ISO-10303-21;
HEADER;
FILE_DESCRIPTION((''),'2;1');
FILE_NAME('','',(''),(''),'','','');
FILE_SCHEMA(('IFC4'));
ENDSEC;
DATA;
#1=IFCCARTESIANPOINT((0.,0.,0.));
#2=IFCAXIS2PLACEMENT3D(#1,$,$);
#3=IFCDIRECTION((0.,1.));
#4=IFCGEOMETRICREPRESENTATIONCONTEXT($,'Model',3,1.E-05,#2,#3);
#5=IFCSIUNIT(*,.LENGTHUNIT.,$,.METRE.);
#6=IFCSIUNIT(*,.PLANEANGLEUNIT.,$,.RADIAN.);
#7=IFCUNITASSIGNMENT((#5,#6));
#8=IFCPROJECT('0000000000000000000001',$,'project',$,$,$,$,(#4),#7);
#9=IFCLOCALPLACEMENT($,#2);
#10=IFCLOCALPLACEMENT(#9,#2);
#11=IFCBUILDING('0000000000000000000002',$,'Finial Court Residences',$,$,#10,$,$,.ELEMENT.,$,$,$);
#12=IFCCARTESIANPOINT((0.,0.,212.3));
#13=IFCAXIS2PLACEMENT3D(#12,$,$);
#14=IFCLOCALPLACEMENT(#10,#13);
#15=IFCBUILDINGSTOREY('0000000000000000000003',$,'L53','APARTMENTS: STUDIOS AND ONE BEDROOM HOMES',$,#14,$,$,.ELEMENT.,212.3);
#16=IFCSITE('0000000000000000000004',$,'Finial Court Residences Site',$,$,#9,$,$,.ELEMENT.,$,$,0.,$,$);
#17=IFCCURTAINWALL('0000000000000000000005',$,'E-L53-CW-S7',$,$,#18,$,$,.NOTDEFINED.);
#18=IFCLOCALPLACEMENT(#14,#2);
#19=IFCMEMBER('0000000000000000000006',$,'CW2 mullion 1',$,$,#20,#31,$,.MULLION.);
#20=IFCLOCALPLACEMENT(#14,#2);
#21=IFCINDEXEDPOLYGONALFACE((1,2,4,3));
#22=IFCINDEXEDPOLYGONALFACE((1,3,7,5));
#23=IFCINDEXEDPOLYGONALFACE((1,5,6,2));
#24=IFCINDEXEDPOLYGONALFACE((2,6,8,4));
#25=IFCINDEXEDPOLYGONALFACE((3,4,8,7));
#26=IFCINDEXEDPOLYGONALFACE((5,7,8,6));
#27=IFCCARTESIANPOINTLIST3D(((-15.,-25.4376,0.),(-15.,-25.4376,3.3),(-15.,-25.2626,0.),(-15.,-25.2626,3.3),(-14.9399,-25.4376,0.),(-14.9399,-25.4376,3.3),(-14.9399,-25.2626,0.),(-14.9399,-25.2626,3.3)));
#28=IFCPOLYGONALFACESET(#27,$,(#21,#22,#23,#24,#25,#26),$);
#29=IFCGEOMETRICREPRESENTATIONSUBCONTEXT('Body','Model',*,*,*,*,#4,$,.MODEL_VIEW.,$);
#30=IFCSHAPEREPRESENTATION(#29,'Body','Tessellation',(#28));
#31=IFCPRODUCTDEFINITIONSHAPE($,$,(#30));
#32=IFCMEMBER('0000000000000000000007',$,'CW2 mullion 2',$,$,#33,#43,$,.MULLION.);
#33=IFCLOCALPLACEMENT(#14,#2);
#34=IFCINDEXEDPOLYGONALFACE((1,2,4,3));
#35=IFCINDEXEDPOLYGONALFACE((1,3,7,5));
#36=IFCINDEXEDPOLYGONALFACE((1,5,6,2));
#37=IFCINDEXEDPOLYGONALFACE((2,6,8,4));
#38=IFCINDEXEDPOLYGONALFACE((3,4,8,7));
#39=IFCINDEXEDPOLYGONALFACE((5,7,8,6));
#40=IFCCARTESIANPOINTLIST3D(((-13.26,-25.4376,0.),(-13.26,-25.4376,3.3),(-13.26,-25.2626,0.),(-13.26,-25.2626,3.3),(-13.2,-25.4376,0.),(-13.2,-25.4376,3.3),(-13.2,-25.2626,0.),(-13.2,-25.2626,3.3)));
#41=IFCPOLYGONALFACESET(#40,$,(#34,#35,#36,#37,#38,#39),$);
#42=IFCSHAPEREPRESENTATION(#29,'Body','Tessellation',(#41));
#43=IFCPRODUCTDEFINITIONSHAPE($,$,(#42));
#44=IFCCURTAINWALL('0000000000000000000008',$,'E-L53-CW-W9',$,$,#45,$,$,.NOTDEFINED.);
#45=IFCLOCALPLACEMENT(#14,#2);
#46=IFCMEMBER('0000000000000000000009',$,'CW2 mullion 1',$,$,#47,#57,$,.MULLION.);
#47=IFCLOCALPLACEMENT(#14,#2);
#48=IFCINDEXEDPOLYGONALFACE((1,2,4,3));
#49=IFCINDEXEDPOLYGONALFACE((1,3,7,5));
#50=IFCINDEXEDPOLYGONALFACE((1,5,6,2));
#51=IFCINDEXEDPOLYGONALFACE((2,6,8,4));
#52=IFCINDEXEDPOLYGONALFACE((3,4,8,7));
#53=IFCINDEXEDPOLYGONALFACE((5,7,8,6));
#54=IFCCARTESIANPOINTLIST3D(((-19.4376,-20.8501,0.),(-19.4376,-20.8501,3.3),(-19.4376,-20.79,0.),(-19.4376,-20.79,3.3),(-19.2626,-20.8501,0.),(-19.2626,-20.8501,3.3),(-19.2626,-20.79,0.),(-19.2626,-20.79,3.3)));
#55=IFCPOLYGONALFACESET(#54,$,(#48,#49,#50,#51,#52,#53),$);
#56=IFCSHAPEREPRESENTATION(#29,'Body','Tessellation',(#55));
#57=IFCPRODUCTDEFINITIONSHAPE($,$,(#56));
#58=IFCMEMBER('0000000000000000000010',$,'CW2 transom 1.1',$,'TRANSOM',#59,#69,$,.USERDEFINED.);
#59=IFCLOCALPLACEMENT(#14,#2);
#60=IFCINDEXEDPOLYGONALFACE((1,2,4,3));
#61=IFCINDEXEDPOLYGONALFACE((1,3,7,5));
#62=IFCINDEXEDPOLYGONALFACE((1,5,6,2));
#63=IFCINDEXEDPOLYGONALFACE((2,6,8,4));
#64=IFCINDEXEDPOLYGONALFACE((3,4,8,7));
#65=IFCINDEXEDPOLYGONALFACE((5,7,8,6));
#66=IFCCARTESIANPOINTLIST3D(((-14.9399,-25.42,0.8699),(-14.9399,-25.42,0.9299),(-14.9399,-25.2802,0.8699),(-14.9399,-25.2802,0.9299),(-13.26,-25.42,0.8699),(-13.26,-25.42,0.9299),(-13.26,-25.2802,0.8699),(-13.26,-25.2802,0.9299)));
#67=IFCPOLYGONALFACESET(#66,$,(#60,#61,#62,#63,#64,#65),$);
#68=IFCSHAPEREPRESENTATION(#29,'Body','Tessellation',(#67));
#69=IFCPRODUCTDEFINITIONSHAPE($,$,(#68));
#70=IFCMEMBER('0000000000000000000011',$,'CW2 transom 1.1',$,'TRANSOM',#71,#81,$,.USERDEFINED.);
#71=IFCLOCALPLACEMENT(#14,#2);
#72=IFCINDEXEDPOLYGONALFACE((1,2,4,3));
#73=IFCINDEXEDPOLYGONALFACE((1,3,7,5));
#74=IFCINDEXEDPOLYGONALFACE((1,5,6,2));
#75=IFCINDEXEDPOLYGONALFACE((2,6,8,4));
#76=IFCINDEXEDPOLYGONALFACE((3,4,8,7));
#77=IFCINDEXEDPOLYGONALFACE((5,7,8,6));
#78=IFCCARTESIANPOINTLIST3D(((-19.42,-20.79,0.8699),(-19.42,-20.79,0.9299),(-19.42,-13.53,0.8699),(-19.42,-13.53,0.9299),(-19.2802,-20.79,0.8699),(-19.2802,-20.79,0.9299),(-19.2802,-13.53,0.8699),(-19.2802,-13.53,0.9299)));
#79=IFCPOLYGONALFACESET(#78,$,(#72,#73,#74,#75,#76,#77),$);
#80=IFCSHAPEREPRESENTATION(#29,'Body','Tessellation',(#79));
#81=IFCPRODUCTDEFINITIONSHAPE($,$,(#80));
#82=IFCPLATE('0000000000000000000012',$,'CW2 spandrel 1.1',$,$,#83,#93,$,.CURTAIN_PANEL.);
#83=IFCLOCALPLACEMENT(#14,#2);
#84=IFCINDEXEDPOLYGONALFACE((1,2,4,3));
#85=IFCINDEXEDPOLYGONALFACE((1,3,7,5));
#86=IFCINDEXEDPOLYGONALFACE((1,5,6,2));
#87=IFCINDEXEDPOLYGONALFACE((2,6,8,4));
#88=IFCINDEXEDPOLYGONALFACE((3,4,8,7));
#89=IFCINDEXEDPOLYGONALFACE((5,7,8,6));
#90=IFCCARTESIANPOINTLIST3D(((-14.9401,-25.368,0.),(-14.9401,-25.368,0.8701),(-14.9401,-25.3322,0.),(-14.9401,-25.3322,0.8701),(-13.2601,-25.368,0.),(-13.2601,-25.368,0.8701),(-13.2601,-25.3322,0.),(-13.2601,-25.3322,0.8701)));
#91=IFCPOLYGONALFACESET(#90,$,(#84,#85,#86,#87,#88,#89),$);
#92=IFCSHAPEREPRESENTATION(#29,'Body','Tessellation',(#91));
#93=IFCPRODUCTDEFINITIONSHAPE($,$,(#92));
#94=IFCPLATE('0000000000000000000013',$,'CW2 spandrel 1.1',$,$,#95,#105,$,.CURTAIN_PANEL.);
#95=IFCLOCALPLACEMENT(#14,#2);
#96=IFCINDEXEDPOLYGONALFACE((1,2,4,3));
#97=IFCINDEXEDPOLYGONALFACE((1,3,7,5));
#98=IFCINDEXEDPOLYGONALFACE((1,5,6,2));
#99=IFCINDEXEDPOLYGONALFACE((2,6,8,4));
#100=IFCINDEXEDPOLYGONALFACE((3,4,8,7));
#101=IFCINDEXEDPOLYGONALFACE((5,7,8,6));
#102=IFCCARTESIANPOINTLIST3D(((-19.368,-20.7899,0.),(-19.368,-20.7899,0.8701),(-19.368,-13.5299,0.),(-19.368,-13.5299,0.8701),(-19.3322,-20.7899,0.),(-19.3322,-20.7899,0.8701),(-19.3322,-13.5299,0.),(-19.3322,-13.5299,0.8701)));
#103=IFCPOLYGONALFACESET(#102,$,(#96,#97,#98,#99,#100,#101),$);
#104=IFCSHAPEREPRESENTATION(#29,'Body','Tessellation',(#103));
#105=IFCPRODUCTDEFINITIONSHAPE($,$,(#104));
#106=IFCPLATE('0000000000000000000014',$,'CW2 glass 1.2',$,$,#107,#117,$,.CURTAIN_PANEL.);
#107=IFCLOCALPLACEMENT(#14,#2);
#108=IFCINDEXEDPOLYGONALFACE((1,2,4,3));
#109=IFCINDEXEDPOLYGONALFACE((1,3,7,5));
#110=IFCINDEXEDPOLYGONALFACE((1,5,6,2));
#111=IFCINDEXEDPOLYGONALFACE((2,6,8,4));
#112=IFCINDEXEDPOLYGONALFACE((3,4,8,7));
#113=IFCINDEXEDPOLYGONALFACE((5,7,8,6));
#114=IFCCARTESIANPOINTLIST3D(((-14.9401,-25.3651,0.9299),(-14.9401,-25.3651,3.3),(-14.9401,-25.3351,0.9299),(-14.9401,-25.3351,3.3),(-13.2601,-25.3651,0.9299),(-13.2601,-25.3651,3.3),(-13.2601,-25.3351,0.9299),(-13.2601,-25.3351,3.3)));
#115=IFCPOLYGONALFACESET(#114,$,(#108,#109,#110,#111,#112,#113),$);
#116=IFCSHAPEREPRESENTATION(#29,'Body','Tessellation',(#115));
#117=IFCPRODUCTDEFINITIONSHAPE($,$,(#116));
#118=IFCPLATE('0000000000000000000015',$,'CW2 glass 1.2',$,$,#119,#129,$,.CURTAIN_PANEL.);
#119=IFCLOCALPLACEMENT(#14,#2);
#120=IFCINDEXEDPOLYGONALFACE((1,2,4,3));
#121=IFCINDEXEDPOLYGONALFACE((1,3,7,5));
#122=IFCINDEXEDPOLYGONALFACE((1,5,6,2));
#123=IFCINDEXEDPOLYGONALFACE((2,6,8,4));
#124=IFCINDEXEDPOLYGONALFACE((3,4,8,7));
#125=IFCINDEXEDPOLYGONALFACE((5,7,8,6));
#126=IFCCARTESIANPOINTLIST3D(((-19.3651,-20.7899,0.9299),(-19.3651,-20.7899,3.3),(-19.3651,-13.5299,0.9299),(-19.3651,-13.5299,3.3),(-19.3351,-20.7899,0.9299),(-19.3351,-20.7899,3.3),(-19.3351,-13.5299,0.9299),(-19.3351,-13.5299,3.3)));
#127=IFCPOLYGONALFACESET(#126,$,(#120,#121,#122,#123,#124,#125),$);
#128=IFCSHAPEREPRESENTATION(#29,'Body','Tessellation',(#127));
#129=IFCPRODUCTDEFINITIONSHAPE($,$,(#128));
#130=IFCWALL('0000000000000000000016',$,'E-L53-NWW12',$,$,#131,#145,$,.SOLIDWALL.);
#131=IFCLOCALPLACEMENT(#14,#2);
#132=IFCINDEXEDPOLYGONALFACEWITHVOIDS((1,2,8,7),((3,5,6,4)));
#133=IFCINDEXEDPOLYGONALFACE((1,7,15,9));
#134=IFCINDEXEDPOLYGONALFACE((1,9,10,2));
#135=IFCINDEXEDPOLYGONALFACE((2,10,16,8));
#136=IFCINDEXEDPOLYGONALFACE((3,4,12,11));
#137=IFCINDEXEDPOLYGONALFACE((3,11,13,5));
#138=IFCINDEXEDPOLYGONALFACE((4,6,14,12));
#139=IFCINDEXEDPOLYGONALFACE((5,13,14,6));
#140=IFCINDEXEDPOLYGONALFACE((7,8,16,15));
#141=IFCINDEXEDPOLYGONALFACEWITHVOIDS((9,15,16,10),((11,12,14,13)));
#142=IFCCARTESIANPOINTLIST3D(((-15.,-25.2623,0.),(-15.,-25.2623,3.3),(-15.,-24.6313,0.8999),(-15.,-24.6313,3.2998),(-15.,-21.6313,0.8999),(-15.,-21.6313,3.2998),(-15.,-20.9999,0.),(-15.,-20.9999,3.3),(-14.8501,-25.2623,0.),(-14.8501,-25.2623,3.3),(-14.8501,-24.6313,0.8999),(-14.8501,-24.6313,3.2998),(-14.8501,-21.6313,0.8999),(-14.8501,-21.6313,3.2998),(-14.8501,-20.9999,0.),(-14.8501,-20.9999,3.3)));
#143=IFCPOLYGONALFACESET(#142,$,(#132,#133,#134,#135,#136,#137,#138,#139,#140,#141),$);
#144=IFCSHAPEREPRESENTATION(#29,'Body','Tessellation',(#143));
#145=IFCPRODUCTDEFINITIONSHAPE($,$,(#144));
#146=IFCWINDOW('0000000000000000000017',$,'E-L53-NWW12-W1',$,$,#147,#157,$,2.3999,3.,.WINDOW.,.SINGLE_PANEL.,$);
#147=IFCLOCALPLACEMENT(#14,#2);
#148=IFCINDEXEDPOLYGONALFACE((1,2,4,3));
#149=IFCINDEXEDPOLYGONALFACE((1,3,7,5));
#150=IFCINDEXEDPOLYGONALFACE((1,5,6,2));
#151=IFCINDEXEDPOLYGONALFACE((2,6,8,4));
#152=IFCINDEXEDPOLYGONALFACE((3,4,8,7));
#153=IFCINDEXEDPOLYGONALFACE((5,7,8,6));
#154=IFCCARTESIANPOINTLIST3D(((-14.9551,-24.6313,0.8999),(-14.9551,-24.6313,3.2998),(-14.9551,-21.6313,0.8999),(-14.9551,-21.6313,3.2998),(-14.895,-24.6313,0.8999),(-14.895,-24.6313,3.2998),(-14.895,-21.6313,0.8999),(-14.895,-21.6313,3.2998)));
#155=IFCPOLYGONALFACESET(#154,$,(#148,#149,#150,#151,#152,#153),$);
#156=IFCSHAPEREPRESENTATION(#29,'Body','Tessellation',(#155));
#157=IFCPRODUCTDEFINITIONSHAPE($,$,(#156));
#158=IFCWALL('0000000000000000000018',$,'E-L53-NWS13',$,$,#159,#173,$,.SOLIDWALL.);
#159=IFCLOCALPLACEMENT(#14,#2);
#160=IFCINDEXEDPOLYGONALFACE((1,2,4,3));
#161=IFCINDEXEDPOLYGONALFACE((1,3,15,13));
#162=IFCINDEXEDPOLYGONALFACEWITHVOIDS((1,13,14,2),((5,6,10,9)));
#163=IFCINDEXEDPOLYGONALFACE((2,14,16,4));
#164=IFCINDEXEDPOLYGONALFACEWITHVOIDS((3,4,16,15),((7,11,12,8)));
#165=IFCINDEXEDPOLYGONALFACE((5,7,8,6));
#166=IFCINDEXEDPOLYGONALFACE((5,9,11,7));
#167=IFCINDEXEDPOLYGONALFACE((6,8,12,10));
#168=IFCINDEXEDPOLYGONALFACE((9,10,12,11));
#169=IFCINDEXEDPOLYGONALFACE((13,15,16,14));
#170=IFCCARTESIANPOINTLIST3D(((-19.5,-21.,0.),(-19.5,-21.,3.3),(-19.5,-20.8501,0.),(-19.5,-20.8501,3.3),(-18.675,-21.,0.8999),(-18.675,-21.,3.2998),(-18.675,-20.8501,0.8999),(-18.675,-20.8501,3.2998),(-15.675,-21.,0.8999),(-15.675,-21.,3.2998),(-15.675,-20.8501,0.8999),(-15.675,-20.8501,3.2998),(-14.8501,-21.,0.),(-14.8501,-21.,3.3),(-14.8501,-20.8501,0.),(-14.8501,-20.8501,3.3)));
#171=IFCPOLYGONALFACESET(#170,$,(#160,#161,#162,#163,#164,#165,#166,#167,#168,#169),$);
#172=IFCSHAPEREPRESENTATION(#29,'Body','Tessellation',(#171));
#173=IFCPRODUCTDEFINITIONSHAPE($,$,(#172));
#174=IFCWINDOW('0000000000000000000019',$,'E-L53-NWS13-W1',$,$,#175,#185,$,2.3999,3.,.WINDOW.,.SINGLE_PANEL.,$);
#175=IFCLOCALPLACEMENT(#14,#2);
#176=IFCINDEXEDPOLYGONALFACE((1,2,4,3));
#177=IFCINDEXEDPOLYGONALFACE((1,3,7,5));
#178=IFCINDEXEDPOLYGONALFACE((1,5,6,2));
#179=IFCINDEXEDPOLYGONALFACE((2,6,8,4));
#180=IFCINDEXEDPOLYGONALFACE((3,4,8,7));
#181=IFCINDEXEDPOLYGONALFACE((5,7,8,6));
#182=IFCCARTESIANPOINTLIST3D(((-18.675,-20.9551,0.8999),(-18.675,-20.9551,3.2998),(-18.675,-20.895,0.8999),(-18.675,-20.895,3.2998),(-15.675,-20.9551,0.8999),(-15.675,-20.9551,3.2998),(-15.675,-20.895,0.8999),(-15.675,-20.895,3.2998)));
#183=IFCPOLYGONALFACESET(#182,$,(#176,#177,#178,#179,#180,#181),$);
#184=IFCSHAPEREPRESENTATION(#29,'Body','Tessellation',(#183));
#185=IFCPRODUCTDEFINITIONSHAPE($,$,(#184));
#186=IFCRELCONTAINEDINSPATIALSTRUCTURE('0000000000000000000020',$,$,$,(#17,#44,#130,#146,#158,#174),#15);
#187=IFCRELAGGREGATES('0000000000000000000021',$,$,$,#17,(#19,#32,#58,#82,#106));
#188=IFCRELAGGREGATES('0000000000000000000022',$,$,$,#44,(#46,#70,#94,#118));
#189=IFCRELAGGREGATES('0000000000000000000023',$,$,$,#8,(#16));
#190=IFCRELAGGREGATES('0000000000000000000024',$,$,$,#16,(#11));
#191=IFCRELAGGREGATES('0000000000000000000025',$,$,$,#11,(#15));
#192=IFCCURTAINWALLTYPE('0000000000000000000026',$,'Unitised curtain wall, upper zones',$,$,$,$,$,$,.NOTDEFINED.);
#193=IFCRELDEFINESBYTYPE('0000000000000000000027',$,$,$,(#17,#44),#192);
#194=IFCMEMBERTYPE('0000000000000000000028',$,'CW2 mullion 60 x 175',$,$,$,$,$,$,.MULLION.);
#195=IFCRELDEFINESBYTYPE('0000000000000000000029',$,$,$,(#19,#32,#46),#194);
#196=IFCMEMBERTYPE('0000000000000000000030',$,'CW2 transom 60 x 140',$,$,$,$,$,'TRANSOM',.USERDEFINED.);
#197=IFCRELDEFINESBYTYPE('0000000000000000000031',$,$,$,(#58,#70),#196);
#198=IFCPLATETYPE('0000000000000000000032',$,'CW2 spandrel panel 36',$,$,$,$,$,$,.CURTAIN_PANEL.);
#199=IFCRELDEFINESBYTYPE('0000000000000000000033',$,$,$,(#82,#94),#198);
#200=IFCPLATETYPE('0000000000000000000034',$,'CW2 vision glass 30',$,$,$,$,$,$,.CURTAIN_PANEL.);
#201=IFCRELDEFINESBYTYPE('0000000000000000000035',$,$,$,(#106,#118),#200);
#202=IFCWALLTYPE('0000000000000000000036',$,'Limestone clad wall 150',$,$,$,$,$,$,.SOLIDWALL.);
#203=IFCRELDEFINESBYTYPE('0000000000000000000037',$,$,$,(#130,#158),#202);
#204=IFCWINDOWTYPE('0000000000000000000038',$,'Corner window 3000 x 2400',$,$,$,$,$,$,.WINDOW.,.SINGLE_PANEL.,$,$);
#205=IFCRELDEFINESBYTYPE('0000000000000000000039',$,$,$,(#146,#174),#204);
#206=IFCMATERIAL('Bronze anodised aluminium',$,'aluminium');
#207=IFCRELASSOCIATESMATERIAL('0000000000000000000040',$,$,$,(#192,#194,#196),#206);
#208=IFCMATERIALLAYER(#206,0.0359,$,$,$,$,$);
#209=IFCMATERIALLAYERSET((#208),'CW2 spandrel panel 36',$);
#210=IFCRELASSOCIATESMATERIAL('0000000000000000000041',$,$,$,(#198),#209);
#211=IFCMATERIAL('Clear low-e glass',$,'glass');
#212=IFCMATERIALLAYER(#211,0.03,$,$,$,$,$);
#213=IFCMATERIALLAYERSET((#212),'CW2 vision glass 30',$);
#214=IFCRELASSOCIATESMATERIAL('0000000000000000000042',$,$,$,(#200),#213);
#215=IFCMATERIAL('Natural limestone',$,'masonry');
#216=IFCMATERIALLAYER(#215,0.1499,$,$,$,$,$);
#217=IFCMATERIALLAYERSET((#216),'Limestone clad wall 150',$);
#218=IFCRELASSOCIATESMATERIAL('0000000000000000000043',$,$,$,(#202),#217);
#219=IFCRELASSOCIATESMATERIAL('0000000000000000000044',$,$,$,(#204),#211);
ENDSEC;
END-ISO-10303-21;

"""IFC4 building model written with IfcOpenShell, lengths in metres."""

from ifc_helpers import new_model, si_unit, direction, frame, frame_2d, origin, origin_2d, place, context, subcontext, project, spatial, rectangle, extrude, material, layer, layer_set, material_profile, profile_set, type_object, element, fill, aggregate, save


model = new_model("IFC4")

# Units and contexts
model_context = context("Model", 3, precision=1e-05, world=origin(), true_north=direction((0.0, 1.0)))
body_context = subcontext(model_context, "Body", "Model", "MODEL_VIEW")
ifc_project = project(units=[si_unit("LENGTHUNIT", "METRE"), si_unit("PLANEANGLEUNIT", "RADIAN")], contexts=[model_context])

# Site, building, storey
site_placement = place(None, origin())
site = spatial("IfcSite", under=ifc_project, at=site_placement, Name="Finial Court Residences Site", CompositionType="ELEMENT", RefElevation=0.0)
building_placement = place(site_placement, origin())
building = spatial("IfcBuilding", under=site, at=building_placement, Name="Finial Court Residences", CompositionType="ELEMENT")
storey_placement = place(building_placement, frame((0.0, 0.0, 212.3)))
storey = spatial("IfcBuildingStorey", under=building, at=storey_placement, Name="L53", Description="APARTMENTS: STUDIOS AND ONE BEDROOM HOMES", CompositionType="ELEMENT", Elevation=212.3)

# Curtain wall, members
ifc_material_1 = material(Name="Bronze anodised aluminium", Category="aluminium")
curtain_wall_type = type_object("IfcCurtainWallType", Name="Unitised curtain wall, upper zones", PredefinedType="NOTDEFINED", material=ifc_material_1)
curtain_wall_1_placement = place(storey_placement, origin())
curtain_wall_1 = element("IfcCurtainWall", 1, at=curtain_wall_1_placement, inside=storey, type_object=curtain_wall_type, Name="E-L53-CW-S7", PredefinedType="NOTDEFINED")
ifc_material_profile_1 = material_profile(ifc_material_1, rectangle(XDim=0.175, YDim=0.0601, at=origin_2d()), Name="CW2 mullion 60 x 175")
ifc_profile_set_1 = profile_set([ifc_material_profile_1], Name="Bronze anodised aluminium")
member_type_1 = type_object("IfcMemberType", Name="CW2 mullion 60 x 175", PredefinedType="MULLION", material=ifc_profile_set_1)
member_1_placement = place(storey_placement, frame((-14.97, -25.3501, 0.0), z_axis=(0.0, 0.0, 1.0), x_axis=(0.0, 1.0, 0.0)))
member_1 = element("IfcMember", 2, at=member_1_placement, type_object=member_type_1, Name="CW2 mullion 1", PredefinedType="MULLION", context=body_context, shape_type="SweptSolid", body=[
    extrude(rectangle(XDim=0.175, YDim=0.0601, at=origin_2d()), origin(), (0.0, 0.0, 1.0), 3.3),
])
member_2_placement = place(storey_placement, frame((-13.23, -25.3501, 0.0), z_axis=(0.0, 0.0, 1.0), x_axis=(0.0, 1.0, 0.0)))
member_2 = element("IfcMember", 3, at=member_2_placement, type_object=member_type_1, Name="CW2 mullion 2", PredefinedType="MULLION", context=body_context, shape_type="SweptSolid", body=[
    extrude(rectangle(XDim=0.175, YDim=0.0601, at=origin_2d()), origin(), (0.0, 0.0, 1.0), 3.3),
])

# Curtain wall, member
curtain_wall_2_placement = place(storey_placement, origin())
curtain_wall_2 = element("IfcCurtainWall", 4, at=curtain_wall_2_placement, inside=storey, type_object=curtain_wall_type, Name="E-L53-CW-W9", PredefinedType="NOTDEFINED")
member_3_placement = place(storey_placement, frame((-19.3501, -20.8201, 0.0), z_axis=(0.0, 0.0, 1.0), x_axis=(-1.0, 0.0, 0.0)))
member_3 = element("IfcMember", 5, at=member_3_placement, type_object=member_type_1, Name="CW2 mullion 1", PredefinedType="MULLION", context=body_context, shape_type="SweptSolid", body=[
    extrude(rectangle(XDim=0.175, YDim=0.0601, at=origin_2d()), origin(), (0.0, 0.0, 1.0), 3.3),
])

# Members
ifc_material_profile_2 = material_profile(ifc_material_1, rectangle(XDim=0.1399, YDim=0.0601, at=origin_2d()), Name="CW2 transom 60 x 140")
ifc_profile_set_2 = profile_set([ifc_material_profile_2], Name="Bronze anodised aluminium")
member_type_2 = type_object("IfcMemberType", Name="CW2 transom 60 x 140", ElementType="TRANSOM", PredefinedType="USERDEFINED", material=ifc_profile_set_2)
member_4_placement = place(storey_placement, frame((-14.9399, -25.3501, 0.8999), z_axis=(1.0, 0.0, 0.0), x_axis=(0.0, 1.0, 0.0)))
member_4 = element("IfcMember", 6, at=member_4_placement, type_object=member_type_2, Name="CW2 transom 1.1", ObjectType="TRANSOM", PredefinedType="USERDEFINED", context=body_context, shape_type="SweptSolid", body=[
    extrude(rectangle(XDim=0.1399, YDim=0.0601, at=origin_2d()), origin(), (0.0, 0.0, 1.0), 1.6799),
])
member_5_placement = place(storey_placement, frame((-19.3501, -20.79, 0.8999), z_axis=(0.0, 1.0, 0.0), x_axis=(-1.0, 0.0, 0.0)))
member_5 = element("IfcMember", 7, at=member_5_placement, type_object=member_type_2, Name="CW2 transom 1.1", ObjectType="TRANSOM", PredefinedType="USERDEFINED", context=body_context, shape_type="SweptSolid", body=[
    extrude(rectangle(XDim=0.1399, YDim=0.0601, at=origin_2d()), origin(), (0.0, 0.0, 1.0), 7.26),
])

# Plates
ifc_layer_1 = layer(ifc_material_1, 0.0359)
ifc_layer_set_1 = layer_set([ifc_layer_1], Name="CW2 spandrel panel 36")
plate_type_1 = type_object("IfcPlateType", Name="CW2 spandrel panel 36", PredefinedType="CURTAIN_PANEL", material=ifc_layer_set_1)
plate_1_placement = place(storey_placement, frame((-14.1001, -25.3501, 0.0), z_axis=(0.0, 0.0, 1.0), x_axis=(1.0, 0.0, 0.0)))
plate_1 = element("IfcPlate", 8, at=plate_1_placement, type_object=plate_type_1, Name="CW2 spandrel 1.1", PredefinedType="CURTAIN_PANEL", context=body_context, shape_type="SweptSolid", body=[
    extrude(rectangle(XDim=1.6799, YDim=0.0359, at=origin_2d()), origin(), (0.0, 0.0, 1.0), 0.8701),
])
plate_2_placement = place(storey_placement, frame((-19.3501, -17.1599, 0.0), z_axis=(0.0, 0.0, 1.0), x_axis=(0.0, 1.0, 0.0)))
plate_2 = element("IfcPlate", 9, at=plate_2_placement, type_object=plate_type_1, Name="CW2 spandrel 1.1", PredefinedType="CURTAIN_PANEL", context=body_context, shape_type="SweptSolid", body=[
    extrude(rectangle(XDim=7.26, YDim=0.0359, at=origin_2d()), origin(), (0.0, 0.0, 1.0), 0.8701),
])
ifc_material_2 = material(Name="Clear low-e glass", Category="glass")
ifc_layer_2 = layer(ifc_material_2, 0.03)
ifc_layer_set_2 = layer_set([ifc_layer_2], Name="CW2 vision glass 30")
plate_type_2 = type_object("IfcPlateType", Name="CW2 vision glass 30", PredefinedType="CURTAIN_PANEL", material=ifc_layer_set_2)
plate_3_placement = place(storey_placement, frame((-14.1001, -25.3501, 0.9299), z_axis=(0.0, 0.0, 1.0), x_axis=(1.0, 0.0, 0.0)))
plate_3 = element("IfcPlate", 10, at=plate_3_placement, type_object=plate_type_2, Name="CW2 glass 1.2", PredefinedType="CURTAIN_PANEL", context=body_context, shape_type="SweptSolid", body=[
    extrude(rectangle(XDim=1.6799, YDim=0.03, at=origin_2d()), origin(), (0.0, 0.0, 1.0), 2.3701),
])
aggregate(curtain_wall_1, [member_1, member_2, member_4, plate_1, plate_3])
plate_4_placement = place(storey_placement, frame((-19.3501, -17.1599, 0.9299), z_axis=(0.0, 0.0, 1.0), x_axis=(0.0, 1.0, 0.0)))
plate_4 = element("IfcPlate", 11, at=plate_4_placement, type_object=plate_type_2, Name="CW2 glass 1.2", PredefinedType="CURTAIN_PANEL", context=body_context, shape_type="SweptSolid", body=[
    extrude(rectangle(XDim=7.26, YDim=0.03, at=origin_2d()), origin(), (0.0, 0.0, 1.0), 2.3701),
])
aggregate(curtain_wall_2, [member_3, member_5, plate_2, plate_4])

# Walls, openings, windows
ifc_material_3 = material(Name="Natural limestone", Category="masonry")
ifc_layer_3 = layer(ifc_material_3, 0.1499)
ifc_layer_set_3 = layer_set([ifc_layer_3], Name="Limestone clad wall 150")
wall_type = type_object("IfcWallType", Name="Limestone clad wall 150", PredefinedType="SOLIDWALL", material=ifc_layer_set_3)
wall_1_placement = place(storey_placement, frame((-14.925, -25.2625, 0.0), z_axis=(0.0, 0.0, 1.0), x_axis=(0.0, 1.0, 0.0)))
wall_1 = element("IfcWall", 12, at=wall_1_placement, inside=storey, type_object=wall_type, Name="E-L53-NWW12", PredefinedType="SOLIDWALL", context=body_context, shape_type="SweptSolid", body=[
    extrude(rectangle(XDim=4.2625, YDim=0.1499, at=frame_2d((2.1313, 0.0))), origin(), (0.0, 0.0, 1.0), 3.3),
])
opening_1_placement = place(wall_1_placement, frame((0.6311, 0.0, 0.8999)))
opening_1 = element("IfcOpeningElement", 13, at=opening_1_placement, cuts=wall_1, PredefinedType="OPENING", context=body_context, shape_type="SweptSolid", body=[
    extrude(rectangle(XDim=3.0, YDim=2.3999, at=frame_2d((1.5, 1.2))), frame((0.0, 0.085, 0.0), z_axis=(0.0, -1.0, 0.0), x_axis=(1.0, 0.0, 0.0)), (0.0, 0.0, 1.0), 0.1699),
])
window_type = type_object("IfcWindowType", Name="Corner window 3000 x 2400", PartitioningType="SINGLE_PANEL", PredefinedType="WINDOW", material=ifc_material_2)
window_1_placement = place(opening_1_placement, origin())
window_1 = element("IfcWindow", 14, at=window_1_placement, inside=storey, type_object=window_type, Name="E-L53-NWW12-W1", OverallHeight=2.3999, OverallWidth=3.0, PartitioningType="SINGLE_PANEL", PredefinedType="WINDOW", context=body_context, shape_type="SweptSolid", body=[
    extrude(rectangle(XDim=3.0, YDim=2.3999, at=frame_2d((1.5, 1.2))), frame((0.0, 0.03, 0.0), z_axis=(0.0, -1.0, 0.0), x_axis=(1.0, 0.0, 0.0)), (0.0, 0.0, 1.0), 0.0601),
])
fill(opening_1, window_1)
wall_2_placement = place(storey_placement, frame((-14.8501, -20.925, 0.0), z_axis=(0.0, 0.0, 1.0), x_axis=(-1.0, 0.0, 0.0)))
wall_2 = element("IfcWall", 15, at=wall_2_placement, inside=storey, type_object=wall_type, Name="E-L53-NWS13", PredefinedType="SOLIDWALL", context=body_context, shape_type="SweptSolid", body=[
    extrude(rectangle(XDim=4.6499, YDim=0.1499, at=frame_2d((2.325, 0.0))), origin(), (0.0, 0.0, 1.0), 3.3),
])
opening_2_placement = place(wall_2_placement, frame((0.825, 0.0, 0.8999)))
opening_2 = element("IfcOpeningElement", 16, at=opening_2_placement, cuts=wall_2, PredefinedType="OPENING", context=body_context, shape_type="SweptSolid", body=[
    extrude(rectangle(XDim=3.0, YDim=2.3999, at=frame_2d((1.5, 1.2))), frame((0.0, 0.085, 0.0), z_axis=(0.0, -1.0, 0.0), x_axis=(1.0, 0.0, 0.0)), (0.0, 0.0, 1.0), 0.1699),
])
window_2_placement = place(opening_2_placement, origin())
window_2 = element("IfcWindow", 17, at=window_2_placement, inside=storey, type_object=window_type, Name="E-L53-NWS13-W1", OverallHeight=2.3999, OverallWidth=3.0, PartitioningType="SINGLE_PANEL", PredefinedType="WINDOW", context=body_context, shape_type="SweptSolid", body=[
    extrude(rectangle(XDim=3.0, YDim=2.3999, at=frame_2d((1.5, 1.2))), frame((0.0, 0.03, 0.0), z_axis=(0.0, -1.0, 0.0), x_axis=(1.0, 0.0, 0.0)), (0.0, 0.0, 1.0), 0.0601),
])
fill(opening_2, window_2)

save(model, "model.ifc")
